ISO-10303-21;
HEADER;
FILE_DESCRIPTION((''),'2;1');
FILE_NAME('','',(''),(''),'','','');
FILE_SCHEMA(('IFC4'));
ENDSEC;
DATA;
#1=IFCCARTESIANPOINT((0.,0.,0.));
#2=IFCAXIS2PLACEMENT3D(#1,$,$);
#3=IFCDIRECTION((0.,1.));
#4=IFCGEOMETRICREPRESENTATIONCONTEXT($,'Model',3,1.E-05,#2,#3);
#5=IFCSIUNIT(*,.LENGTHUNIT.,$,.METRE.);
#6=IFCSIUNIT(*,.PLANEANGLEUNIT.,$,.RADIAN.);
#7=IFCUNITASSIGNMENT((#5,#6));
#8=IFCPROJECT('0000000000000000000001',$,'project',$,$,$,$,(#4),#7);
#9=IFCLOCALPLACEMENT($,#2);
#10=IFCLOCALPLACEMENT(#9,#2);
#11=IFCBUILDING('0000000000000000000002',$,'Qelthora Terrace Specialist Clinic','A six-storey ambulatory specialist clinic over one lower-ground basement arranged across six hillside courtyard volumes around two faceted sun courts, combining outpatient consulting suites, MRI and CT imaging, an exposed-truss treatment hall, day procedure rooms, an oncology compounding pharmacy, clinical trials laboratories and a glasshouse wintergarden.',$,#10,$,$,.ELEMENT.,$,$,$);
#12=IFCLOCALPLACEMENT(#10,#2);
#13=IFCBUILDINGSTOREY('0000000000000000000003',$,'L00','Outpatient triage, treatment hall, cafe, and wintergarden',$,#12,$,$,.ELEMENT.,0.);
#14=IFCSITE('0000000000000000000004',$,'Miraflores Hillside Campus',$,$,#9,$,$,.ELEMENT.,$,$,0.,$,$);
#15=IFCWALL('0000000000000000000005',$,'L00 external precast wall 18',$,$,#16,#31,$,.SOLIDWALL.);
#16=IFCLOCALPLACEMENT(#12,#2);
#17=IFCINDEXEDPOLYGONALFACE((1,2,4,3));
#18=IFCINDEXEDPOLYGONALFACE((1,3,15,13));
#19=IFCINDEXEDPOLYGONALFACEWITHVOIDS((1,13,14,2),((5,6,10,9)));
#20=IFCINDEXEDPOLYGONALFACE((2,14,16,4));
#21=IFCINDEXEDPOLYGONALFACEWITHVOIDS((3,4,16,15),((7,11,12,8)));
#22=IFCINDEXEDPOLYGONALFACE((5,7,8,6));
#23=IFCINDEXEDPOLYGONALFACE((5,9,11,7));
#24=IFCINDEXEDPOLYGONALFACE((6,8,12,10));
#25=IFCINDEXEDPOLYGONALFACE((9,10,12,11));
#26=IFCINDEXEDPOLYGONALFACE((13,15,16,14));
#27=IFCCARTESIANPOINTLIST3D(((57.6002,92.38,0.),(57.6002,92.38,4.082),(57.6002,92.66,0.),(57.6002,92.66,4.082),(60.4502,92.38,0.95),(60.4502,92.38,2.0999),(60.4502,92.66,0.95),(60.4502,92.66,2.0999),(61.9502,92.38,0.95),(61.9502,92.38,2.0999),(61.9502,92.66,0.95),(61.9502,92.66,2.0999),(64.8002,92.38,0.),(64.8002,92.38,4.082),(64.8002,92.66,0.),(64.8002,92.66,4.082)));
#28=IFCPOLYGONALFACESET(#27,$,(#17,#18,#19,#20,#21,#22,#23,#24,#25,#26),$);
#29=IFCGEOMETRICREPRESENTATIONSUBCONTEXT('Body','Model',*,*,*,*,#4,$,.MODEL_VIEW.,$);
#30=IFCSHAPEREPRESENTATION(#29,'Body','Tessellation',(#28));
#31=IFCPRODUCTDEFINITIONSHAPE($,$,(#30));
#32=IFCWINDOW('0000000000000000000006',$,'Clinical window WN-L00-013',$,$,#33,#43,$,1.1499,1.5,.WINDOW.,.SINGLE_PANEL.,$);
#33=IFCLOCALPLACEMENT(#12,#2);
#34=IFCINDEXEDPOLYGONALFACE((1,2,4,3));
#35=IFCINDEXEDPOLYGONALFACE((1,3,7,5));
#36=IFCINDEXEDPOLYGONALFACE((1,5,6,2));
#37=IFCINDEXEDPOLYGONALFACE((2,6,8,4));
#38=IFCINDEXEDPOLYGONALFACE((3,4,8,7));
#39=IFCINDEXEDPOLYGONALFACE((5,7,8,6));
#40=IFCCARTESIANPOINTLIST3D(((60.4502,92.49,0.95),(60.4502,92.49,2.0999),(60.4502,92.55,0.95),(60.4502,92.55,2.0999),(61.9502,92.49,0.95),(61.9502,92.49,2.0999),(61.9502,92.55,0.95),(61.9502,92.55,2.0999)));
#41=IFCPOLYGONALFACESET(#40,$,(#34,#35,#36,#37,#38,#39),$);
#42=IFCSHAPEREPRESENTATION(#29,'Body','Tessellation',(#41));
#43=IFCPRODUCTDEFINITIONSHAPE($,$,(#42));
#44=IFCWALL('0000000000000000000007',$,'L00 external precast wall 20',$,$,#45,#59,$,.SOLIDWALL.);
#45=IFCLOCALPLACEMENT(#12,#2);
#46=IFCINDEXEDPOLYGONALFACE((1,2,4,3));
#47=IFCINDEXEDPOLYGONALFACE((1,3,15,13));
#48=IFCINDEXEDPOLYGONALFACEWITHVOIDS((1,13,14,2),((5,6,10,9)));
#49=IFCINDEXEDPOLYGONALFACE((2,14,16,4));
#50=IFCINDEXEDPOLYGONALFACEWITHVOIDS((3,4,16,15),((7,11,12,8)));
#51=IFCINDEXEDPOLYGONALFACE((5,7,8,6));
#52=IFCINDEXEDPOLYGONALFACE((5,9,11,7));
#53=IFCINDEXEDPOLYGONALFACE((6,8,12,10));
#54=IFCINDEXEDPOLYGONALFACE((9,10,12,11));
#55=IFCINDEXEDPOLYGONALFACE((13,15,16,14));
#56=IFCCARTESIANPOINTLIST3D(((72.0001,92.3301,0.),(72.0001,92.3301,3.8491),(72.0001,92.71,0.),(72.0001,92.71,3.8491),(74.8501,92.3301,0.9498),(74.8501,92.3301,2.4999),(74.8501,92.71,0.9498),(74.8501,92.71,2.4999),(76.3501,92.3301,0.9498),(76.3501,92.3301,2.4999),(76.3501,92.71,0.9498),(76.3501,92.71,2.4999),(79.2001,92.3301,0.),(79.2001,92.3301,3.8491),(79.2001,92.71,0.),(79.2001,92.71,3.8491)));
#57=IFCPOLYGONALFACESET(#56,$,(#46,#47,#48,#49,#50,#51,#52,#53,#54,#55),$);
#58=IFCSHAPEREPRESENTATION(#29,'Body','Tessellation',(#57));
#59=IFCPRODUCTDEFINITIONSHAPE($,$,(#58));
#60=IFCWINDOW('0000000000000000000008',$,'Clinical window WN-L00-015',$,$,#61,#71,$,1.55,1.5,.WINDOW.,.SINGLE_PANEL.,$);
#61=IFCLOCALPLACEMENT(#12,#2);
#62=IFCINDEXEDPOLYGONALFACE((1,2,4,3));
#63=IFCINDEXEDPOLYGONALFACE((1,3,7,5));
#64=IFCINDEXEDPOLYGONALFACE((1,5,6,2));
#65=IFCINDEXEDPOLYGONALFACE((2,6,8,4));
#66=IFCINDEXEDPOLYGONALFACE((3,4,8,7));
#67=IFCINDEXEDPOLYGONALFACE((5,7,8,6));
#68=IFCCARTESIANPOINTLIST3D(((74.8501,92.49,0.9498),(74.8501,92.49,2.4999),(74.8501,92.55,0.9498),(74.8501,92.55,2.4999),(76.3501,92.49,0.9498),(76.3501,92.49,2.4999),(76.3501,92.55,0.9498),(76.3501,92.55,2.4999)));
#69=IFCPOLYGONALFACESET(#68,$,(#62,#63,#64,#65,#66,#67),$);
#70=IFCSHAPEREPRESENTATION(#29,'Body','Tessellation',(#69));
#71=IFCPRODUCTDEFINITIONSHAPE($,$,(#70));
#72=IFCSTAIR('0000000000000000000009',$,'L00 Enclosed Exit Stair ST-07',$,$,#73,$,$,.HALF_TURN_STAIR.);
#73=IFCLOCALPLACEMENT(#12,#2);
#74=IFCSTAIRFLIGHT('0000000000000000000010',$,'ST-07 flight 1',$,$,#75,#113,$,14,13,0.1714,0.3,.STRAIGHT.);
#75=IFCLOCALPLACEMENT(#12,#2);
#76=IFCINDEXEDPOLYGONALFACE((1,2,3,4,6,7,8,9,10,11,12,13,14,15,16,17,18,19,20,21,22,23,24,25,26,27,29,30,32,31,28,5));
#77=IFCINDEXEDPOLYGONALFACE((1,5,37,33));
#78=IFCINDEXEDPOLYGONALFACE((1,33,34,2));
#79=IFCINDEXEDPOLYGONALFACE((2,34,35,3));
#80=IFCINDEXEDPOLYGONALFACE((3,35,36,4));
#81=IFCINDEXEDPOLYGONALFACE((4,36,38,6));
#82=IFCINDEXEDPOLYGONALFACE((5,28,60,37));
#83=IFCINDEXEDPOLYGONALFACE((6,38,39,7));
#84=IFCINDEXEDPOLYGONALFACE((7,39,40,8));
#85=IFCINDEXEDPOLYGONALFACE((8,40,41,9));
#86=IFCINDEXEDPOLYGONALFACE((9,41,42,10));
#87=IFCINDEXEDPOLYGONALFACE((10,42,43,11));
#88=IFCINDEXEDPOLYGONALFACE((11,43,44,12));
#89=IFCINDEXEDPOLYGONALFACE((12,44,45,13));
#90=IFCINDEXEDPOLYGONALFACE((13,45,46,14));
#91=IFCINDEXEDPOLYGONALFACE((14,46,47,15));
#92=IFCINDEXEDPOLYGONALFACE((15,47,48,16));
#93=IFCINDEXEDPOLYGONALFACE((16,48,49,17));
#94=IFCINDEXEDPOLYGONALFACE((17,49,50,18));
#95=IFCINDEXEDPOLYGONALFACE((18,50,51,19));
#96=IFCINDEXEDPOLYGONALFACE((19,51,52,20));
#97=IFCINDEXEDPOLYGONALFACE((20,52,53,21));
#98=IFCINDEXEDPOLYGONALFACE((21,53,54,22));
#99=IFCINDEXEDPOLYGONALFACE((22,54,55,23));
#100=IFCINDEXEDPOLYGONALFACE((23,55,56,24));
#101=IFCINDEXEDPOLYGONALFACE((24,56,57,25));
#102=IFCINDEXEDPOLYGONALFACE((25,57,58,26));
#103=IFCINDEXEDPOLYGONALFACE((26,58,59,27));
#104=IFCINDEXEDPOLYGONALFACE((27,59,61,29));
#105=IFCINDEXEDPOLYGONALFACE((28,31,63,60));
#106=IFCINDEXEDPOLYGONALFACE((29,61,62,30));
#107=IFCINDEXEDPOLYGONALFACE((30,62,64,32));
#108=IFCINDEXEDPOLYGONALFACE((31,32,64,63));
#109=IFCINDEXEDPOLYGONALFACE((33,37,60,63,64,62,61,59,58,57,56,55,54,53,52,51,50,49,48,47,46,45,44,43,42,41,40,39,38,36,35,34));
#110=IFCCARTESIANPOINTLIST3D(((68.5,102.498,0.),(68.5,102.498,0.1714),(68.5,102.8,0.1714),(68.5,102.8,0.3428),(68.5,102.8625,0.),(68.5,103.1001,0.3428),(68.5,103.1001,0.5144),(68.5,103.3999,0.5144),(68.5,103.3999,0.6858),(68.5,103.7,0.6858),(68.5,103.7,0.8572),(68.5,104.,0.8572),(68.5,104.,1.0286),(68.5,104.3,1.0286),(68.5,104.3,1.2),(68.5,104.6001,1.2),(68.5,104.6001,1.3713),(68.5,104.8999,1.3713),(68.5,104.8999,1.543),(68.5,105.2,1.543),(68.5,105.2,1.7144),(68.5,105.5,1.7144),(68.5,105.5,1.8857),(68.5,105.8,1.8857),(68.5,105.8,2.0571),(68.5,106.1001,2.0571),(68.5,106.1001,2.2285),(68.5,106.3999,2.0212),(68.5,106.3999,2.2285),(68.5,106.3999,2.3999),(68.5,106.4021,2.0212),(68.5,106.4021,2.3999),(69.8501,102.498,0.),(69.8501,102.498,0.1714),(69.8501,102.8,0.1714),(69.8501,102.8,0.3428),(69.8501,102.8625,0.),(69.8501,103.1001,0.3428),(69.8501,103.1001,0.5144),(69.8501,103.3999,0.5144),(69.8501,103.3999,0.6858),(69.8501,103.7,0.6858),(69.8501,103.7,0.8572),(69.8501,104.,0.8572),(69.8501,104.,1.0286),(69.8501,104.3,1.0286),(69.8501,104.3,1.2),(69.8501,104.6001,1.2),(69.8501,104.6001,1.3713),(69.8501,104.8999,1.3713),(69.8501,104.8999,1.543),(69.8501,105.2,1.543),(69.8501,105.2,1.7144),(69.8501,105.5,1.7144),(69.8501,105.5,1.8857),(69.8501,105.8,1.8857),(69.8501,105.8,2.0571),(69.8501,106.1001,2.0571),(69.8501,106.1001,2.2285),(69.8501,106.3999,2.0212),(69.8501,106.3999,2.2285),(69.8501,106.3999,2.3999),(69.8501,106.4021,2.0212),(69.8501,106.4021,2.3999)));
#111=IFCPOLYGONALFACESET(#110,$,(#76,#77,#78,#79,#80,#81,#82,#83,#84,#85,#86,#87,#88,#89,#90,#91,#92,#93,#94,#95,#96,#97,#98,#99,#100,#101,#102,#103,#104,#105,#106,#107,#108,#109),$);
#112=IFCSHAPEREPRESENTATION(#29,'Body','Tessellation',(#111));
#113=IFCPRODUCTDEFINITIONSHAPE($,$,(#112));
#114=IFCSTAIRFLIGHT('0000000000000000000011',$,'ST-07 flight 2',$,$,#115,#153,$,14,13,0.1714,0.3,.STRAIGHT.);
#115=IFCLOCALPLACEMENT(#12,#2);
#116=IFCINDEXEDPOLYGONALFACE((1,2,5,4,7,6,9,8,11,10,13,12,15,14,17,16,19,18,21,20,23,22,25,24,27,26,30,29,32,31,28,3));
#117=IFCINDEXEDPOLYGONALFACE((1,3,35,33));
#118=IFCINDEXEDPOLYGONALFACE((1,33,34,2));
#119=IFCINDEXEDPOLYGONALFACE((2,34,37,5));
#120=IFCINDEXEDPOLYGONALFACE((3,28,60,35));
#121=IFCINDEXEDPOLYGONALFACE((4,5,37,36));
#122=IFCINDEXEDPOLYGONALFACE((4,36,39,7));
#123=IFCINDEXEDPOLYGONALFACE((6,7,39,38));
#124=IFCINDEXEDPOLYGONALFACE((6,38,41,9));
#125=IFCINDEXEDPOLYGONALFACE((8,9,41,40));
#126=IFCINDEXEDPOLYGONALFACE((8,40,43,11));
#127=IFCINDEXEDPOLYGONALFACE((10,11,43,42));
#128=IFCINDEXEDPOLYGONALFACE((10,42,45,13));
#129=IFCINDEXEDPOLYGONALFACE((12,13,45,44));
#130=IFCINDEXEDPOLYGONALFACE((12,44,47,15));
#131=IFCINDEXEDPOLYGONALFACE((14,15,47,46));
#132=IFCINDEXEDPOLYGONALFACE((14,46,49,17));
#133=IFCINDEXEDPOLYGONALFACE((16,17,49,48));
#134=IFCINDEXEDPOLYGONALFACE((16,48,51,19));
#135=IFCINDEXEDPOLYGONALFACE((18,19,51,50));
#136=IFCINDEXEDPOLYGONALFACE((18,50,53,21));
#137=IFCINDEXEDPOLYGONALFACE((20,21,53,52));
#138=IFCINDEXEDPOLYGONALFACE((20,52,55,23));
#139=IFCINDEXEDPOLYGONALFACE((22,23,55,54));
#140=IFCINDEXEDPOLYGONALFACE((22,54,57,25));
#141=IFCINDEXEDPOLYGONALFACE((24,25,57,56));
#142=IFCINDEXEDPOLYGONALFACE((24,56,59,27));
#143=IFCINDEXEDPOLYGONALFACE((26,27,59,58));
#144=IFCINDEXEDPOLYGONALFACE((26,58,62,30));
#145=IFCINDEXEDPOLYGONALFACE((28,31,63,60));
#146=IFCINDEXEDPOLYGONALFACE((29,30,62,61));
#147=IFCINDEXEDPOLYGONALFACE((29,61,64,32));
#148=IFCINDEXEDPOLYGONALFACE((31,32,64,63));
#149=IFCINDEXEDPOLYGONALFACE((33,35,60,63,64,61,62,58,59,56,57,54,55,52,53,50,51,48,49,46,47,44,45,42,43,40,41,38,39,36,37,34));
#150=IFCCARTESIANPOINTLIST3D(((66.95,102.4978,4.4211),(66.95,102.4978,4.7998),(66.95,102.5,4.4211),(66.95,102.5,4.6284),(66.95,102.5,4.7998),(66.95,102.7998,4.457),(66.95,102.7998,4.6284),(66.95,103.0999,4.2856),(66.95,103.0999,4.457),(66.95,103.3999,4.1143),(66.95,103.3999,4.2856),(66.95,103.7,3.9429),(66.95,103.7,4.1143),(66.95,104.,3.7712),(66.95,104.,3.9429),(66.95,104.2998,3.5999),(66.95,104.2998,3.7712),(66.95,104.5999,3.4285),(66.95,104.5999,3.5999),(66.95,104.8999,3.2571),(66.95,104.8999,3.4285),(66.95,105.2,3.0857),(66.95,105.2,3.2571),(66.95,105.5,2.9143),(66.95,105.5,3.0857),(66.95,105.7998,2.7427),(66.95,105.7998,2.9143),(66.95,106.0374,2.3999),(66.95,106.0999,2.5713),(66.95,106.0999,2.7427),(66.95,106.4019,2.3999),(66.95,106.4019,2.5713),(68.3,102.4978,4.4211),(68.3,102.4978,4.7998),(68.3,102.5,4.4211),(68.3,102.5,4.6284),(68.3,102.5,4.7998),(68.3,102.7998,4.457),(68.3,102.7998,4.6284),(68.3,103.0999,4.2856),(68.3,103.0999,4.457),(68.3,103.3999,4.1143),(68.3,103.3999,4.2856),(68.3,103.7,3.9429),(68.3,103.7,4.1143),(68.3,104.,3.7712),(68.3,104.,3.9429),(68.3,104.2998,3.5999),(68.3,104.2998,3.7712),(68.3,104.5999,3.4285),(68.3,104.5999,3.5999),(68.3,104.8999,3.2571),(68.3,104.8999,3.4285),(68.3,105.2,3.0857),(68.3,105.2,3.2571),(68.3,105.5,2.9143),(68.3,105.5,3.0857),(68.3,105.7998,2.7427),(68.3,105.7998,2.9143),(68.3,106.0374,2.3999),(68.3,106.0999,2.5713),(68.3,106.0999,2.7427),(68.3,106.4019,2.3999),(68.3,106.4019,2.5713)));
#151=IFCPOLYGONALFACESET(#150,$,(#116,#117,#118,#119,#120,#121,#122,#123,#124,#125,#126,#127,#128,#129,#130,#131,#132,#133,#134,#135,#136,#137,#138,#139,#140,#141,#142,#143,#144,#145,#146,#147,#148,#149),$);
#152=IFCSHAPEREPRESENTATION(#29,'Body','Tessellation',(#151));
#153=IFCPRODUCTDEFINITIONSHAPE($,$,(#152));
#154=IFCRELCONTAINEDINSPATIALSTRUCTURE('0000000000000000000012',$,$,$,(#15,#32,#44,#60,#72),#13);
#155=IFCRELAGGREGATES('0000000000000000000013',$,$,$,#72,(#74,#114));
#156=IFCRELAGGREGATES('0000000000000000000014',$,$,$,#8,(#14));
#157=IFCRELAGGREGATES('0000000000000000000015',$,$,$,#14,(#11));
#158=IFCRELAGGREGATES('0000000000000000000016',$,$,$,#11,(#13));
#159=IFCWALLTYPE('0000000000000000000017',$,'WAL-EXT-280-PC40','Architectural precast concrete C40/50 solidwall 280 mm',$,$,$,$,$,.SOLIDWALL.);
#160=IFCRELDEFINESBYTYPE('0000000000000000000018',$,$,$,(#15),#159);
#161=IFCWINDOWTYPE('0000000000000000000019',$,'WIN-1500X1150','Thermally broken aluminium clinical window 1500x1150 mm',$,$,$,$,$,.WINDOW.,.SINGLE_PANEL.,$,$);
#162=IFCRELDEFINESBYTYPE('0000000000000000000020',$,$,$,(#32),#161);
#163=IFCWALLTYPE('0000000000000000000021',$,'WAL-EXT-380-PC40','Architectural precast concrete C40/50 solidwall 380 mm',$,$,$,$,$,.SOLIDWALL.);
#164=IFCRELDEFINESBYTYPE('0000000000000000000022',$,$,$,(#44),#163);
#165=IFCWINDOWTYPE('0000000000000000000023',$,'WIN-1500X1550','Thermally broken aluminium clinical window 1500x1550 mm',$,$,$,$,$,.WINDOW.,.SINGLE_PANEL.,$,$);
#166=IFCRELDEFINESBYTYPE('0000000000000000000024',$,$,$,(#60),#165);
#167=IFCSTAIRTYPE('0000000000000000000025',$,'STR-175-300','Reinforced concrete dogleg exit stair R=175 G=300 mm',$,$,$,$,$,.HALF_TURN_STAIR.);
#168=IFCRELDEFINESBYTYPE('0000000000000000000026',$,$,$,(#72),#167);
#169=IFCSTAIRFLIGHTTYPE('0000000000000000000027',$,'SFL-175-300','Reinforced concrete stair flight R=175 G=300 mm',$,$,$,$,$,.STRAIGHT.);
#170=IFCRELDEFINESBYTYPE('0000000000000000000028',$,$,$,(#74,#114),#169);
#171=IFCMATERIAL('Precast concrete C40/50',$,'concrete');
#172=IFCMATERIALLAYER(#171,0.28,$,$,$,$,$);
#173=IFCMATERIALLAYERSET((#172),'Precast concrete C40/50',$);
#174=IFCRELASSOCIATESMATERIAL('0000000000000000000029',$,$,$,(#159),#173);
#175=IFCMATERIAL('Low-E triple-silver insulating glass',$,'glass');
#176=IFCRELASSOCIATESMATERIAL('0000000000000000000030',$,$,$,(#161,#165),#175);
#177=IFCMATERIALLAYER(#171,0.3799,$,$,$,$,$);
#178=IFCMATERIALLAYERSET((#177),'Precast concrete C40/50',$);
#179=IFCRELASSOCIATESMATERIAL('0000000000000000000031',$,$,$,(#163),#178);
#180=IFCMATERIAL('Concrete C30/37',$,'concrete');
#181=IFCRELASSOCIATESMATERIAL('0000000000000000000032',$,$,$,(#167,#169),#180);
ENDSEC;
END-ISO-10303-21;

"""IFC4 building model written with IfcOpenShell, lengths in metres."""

from ifc_helpers import new_model, si_unit, direction, frame, frame_2d, origin, place, context, subcontext, project, spatial, polyline, rectangle, outline, extrude, material, layer, layer_set, type_object, element, fill, aggregate, save


model = new_model("IFC4")

# Units and contexts
model_context = context("Model", 3, precision=1e-05, world=origin(), true_north=direction((0.0, 1.0)))
body_context = subcontext(model_context, "Body", "Model", "MODEL_VIEW")
ifc_project = project(units=[si_unit("LENGTHUNIT", "METRE"), si_unit("PLANEANGLEUNIT", "RADIAN")], contexts=[model_context])

# Site, building, storey
site_placement = place(None, origin())
site = spatial("IfcSite", under=ifc_project, at=site_placement, Name="Miraflores Hillside Campus", CompositionType="ELEMENT", RefElevation=0.0)
building_placement = place(site_placement, origin())
building = spatial("IfcBuilding", under=site, at=building_placement, Name="Qelthora Terrace Specialist Clinic", Description="A six-storey ambulatory specialist clinic over one lower-ground basement arranged across six hillside courtyard volumes around two faceted sun courts, combining outpatient consulting suites, MRI and CT imaging, an exposed-truss treatment hall, day procedure rooms, an oncology compounding pharmacy, clinical trials laboratories and a glasshouse wintergarden.", CompositionType="ELEMENT")
storey_placement = place(building_placement, origin())
storey = spatial("IfcBuildingStorey", under=building, at=storey_placement, Name="L00", Description="Outpatient triage, treatment hall, cafe, and wintergarden", CompositionType="ELEMENT", Elevation=0.0)

# Walls, openings, windows
ifc_material_1 = material(Name="Precast concrete C40/50", Category="concrete")
ifc_material_2 = material(Name="Low-E triple-silver insulating glass", Category="glass")
ifc_layer_1 = layer(ifc_material_1, 0.28)
ifc_layer_set_1 = layer_set([ifc_layer_1], Name="Precast concrete C40/50")
wall_type_1 = type_object("IfcWallType", Name="WAL-EXT-280-PC40", Description="Architectural precast concrete C40/50 solidwall 280 mm", PredefinedType="SOLIDWALL", material=ifc_layer_set_1)
wall_1_placement = place(storey_placement, frame((57.6001, 92.52, 0.0), z_axis=(0.0, 0.0, 1.0), x_axis=(1.0, 0.0, 0.0)))
wall_1 = element("IfcWall", 1, at=wall_1_placement, inside=storey, type_object=wall_type_1, Name="L00 external precast wall 18", PredefinedType="SOLIDWALL", context=body_context, shape_type="SweptSolid", body=[
    extrude(rectangle(XDim=7.2, YDim=0.28, at=frame_2d((3.6001, 0.0))), origin(), (0.0, 0.0, 1.0), 4.082),
])
opening_1_placement = place(wall_1_placement, frame((2.8501, 0.0, 0.95)))
opening_1 = element("IfcOpeningElement", 2, at=opening_1_placement, cuts=wall_1, PredefinedType="OPENING", context=body_context, shape_type="SweptSolid", body=[
    extrude(rectangle(XDim=1.5, YDim=1.1499, at=frame_2d((0.75, 0.575))), frame((0.0, 0.1499, 0.0), z_axis=(0.0, -1.0, 0.0), x_axis=(1.0, 0.0, 0.0)), (0.0, 0.0, 1.0), 0.3),
])
window_type_1 = type_object("IfcWindowType", Name="WIN-1500X1150", Description="Thermally broken aluminium clinical window 1500x1150 mm", PartitioningType="SINGLE_PANEL", PredefinedType="WINDOW", material=ifc_material_2)
window_1_placement = place(opening_1_placement, origin())
window_1 = element("IfcWindow", 3, at=window_1_placement, inside=storey, type_object=window_type_1, Name="Clinical window WN-L00-013", OverallHeight=1.1499, OverallWidth=1.5, PartitioningType="SINGLE_PANEL", PredefinedType="WINDOW", context=body_context, shape_type="SweptSolid", body=[
    extrude(rectangle(XDim=1.5, YDim=1.1499, at=frame_2d((0.75, 0.575))), frame((0.0, 0.03, 0.0), z_axis=(0.0, -1.0, 0.0), x_axis=(1.0, 0.0, 0.0)), (0.0, 0.0, 1.0), 0.0601),
])
fill(opening_1, window_1)
ifc_layer_2 = layer(ifc_material_1, 0.3799)
ifc_layer_set_2 = layer_set([ifc_layer_2], Name="Precast concrete C40/50")
wall_type_2 = type_object("IfcWallType", Name="WAL-EXT-380-PC40", Description="Architectural precast concrete C40/50 solidwall 380 mm", PredefinedType="SOLIDWALL", material=ifc_layer_set_2)
wall_2_placement = place(storey_placement, frame((72.0, 92.52, 0.0), z_axis=(0.0, 0.0, 1.0), x_axis=(1.0, 0.0, 0.0)))
wall_2 = element("IfcWall", 4, at=wall_2_placement, inside=storey, type_object=wall_type_2, Name="L00 external precast wall 20", PredefinedType="SOLIDWALL", context=body_context, shape_type="SweptSolid", body=[
    extrude(rectangle(XDim=7.2, YDim=0.3799, at=frame_2d((3.6001, 0.0))), origin(), (0.0, 0.0, 1.0), 3.8491),
])
opening_2_placement = place(wall_2_placement, frame((2.8501, 0.0, 0.95)))
opening_2 = element("IfcOpeningElement", 5, at=opening_2_placement, cuts=wall_2, PredefinedType="OPENING", context=body_context, shape_type="SweptSolid", body=[
    extrude(rectangle(XDim=1.5, YDim=1.55, at=frame_2d((0.75, 0.7749))), frame((0.0, 0.2, 0.0), z_axis=(0.0, -1.0, 0.0), x_axis=(1.0, 0.0, 0.0)), (0.0, 0.0, 1.0), 0.3999),
])
window_type_2 = type_object("IfcWindowType", Name="WIN-1500X1550", Description="Thermally broken aluminium clinical window 1500x1550 mm", PartitioningType="SINGLE_PANEL", PredefinedType="WINDOW", material=ifc_material_2)
window_2_placement = place(opening_2_placement, origin())
window_2 = element("IfcWindow", 6, at=window_2_placement, inside=storey, type_object=window_type_2, Name="Clinical window WN-L00-015", OverallHeight=1.55, OverallWidth=1.5, PartitioningType="SINGLE_PANEL", PredefinedType="WINDOW", context=body_context, shape_type="SweptSolid", body=[
    extrude(rectangle(XDim=1.5, YDim=1.55, at=frame_2d((0.75, 0.7749))), frame((0.0, 0.03, 0.0), z_axis=(0.0, -1.0, 0.0), x_axis=(1.0, 0.0, 0.0)), (0.0, 0.0, 1.0), 0.0601),
])
fill(opening_2, window_2)

# Stair, stair flights
ifc_material_3 = material(Name="Concrete C30/37", Category="concrete")
stair_type = type_object("IfcStairType", Name="STR-175-300", Description="Reinforced concrete dogleg exit stair R=175 G=300 mm", PredefinedType="HALF_TURN_STAIR", material=ifc_material_3)
stair_placement = place(storey_placement, origin())
stair = element("IfcStair", 7, at=stair_placement, inside=storey, type_object=stair_type, Name="L00 Enclosed Exit Stair ST-07", PredefinedType="HALF_TURN_STAIR")
stair_flight_type = type_object("IfcStairFlightType", Name="SFL-175-300", Description="Reinforced concrete stair flight R=175 G=300 mm", PredefinedType="STRAIGHT", material=ifc_material_3)
stair_flight_1_placement = place(storey_placement, frame((69.175, 102.5, 0.0), z_axis=(0.0, 0.0, 1.0), x_axis=(0.0, 1.0, 0.0)))
stair_flight_1 = element("IfcStairFlight", 8, at=stair_flight_1_placement, type_object=stair_flight_type, Name="ST-07 flight 1", NumberOfRisers=14, NumberOfTreads=13, PredefinedType="STRAIGHT", RiserHeight=0.1714, TreadLength=0.3, context=body_context, shape_type="SweptSolid", body=[
    extrude(outline(polyline([(-0.002, 0.0), (-0.002, 0.1714), (0.3, 0.1714), (0.3, 0.3428), (0.6001, 0.3428), (0.6001, 0.5144), (0.8999, 0.5144), (0.8999, 0.6858), (1.2, 0.6858), (1.2, 0.8572), (1.5, 0.8572), (1.5, 1.0286), (1.8, 1.0286), (1.8, 1.2), (2.1001, 1.2), (2.1001, 1.3713), (2.3999, 1.3713), (2.3999, 1.543), (2.7, 1.543), (2.7, 1.7144), (3.0, 1.7144), (3.0, 1.8857), (3.3, 1.8857), (3.3, 2.0571), (3.6001, 2.0571), (3.6001, 2.2285), (3.8999, 2.2285), (3.8999, 2.3999), (3.9021, 2.3999), (3.9021, 2.0212), (3.8999, 2.0212), (0.3625, 0.0), (-0.002, 0.0)])), frame((0.0, 0.675, 0.0), z_axis=(0.0, -1.0, 0.0), x_axis=(1.0, 0.0, 0.0)), (0.0, 0.0, 1.0), 1.3501),
])
stair_flight_2_placement = place(storey_placement, frame((67.625, 106.3999, 2.3999), z_axis=(0.0, 0.0, 1.0), x_axis=(0.0, -1.0, 0.0)))
stair_flight_2 = element("IfcStairFlight", 9, at=stair_flight_2_placement, type_object=stair_flight_type, Name="ST-07 flight 2", NumberOfRisers=14, NumberOfTreads=13, PredefinedType="STRAIGHT", RiserHeight=0.1714, TreadLength=0.3, context=body_context, shape_type="SweptSolid", body=[
    extrude(outline(polyline([(-0.002, 0.0), (-0.002, 0.1714), (0.3, 0.1714), (0.3, 0.3428), (0.6001, 0.3428), (0.6001, 0.5144), (0.8999, 0.5144), (0.8999, 0.6858), (1.2, 0.6858), (1.2, 0.8572), (1.5, 0.8572), (1.5, 1.0286), (1.8, 1.0286), (1.8, 1.2), (2.1001, 1.2), (2.1001, 1.3713), (2.3999, 1.3713), (2.3999, 1.543), (2.7, 1.543), (2.7, 1.7144), (3.0, 1.7144), (3.0, 1.8857), (3.3, 1.8857), (3.3, 2.0571), (3.6001, 2.0571), (3.6001, 2.2285), (3.8999, 2.2285), (3.8999, 2.3999), (3.9021, 2.3999), (3.9021, 2.0212), (3.8999, 2.0212), (0.3625, 0.0), (-0.002, 0.0)])), frame((0.0, 0.675, 0.0), z_axis=(0.0, -1.0, 0.0), x_axis=(1.0, 0.0, 0.0)), (0.0, 0.0, 1.0), 1.3501),
])
aggregate(stair, [stair_flight_1, stair_flight_2])

save(model, "model.ifc")
